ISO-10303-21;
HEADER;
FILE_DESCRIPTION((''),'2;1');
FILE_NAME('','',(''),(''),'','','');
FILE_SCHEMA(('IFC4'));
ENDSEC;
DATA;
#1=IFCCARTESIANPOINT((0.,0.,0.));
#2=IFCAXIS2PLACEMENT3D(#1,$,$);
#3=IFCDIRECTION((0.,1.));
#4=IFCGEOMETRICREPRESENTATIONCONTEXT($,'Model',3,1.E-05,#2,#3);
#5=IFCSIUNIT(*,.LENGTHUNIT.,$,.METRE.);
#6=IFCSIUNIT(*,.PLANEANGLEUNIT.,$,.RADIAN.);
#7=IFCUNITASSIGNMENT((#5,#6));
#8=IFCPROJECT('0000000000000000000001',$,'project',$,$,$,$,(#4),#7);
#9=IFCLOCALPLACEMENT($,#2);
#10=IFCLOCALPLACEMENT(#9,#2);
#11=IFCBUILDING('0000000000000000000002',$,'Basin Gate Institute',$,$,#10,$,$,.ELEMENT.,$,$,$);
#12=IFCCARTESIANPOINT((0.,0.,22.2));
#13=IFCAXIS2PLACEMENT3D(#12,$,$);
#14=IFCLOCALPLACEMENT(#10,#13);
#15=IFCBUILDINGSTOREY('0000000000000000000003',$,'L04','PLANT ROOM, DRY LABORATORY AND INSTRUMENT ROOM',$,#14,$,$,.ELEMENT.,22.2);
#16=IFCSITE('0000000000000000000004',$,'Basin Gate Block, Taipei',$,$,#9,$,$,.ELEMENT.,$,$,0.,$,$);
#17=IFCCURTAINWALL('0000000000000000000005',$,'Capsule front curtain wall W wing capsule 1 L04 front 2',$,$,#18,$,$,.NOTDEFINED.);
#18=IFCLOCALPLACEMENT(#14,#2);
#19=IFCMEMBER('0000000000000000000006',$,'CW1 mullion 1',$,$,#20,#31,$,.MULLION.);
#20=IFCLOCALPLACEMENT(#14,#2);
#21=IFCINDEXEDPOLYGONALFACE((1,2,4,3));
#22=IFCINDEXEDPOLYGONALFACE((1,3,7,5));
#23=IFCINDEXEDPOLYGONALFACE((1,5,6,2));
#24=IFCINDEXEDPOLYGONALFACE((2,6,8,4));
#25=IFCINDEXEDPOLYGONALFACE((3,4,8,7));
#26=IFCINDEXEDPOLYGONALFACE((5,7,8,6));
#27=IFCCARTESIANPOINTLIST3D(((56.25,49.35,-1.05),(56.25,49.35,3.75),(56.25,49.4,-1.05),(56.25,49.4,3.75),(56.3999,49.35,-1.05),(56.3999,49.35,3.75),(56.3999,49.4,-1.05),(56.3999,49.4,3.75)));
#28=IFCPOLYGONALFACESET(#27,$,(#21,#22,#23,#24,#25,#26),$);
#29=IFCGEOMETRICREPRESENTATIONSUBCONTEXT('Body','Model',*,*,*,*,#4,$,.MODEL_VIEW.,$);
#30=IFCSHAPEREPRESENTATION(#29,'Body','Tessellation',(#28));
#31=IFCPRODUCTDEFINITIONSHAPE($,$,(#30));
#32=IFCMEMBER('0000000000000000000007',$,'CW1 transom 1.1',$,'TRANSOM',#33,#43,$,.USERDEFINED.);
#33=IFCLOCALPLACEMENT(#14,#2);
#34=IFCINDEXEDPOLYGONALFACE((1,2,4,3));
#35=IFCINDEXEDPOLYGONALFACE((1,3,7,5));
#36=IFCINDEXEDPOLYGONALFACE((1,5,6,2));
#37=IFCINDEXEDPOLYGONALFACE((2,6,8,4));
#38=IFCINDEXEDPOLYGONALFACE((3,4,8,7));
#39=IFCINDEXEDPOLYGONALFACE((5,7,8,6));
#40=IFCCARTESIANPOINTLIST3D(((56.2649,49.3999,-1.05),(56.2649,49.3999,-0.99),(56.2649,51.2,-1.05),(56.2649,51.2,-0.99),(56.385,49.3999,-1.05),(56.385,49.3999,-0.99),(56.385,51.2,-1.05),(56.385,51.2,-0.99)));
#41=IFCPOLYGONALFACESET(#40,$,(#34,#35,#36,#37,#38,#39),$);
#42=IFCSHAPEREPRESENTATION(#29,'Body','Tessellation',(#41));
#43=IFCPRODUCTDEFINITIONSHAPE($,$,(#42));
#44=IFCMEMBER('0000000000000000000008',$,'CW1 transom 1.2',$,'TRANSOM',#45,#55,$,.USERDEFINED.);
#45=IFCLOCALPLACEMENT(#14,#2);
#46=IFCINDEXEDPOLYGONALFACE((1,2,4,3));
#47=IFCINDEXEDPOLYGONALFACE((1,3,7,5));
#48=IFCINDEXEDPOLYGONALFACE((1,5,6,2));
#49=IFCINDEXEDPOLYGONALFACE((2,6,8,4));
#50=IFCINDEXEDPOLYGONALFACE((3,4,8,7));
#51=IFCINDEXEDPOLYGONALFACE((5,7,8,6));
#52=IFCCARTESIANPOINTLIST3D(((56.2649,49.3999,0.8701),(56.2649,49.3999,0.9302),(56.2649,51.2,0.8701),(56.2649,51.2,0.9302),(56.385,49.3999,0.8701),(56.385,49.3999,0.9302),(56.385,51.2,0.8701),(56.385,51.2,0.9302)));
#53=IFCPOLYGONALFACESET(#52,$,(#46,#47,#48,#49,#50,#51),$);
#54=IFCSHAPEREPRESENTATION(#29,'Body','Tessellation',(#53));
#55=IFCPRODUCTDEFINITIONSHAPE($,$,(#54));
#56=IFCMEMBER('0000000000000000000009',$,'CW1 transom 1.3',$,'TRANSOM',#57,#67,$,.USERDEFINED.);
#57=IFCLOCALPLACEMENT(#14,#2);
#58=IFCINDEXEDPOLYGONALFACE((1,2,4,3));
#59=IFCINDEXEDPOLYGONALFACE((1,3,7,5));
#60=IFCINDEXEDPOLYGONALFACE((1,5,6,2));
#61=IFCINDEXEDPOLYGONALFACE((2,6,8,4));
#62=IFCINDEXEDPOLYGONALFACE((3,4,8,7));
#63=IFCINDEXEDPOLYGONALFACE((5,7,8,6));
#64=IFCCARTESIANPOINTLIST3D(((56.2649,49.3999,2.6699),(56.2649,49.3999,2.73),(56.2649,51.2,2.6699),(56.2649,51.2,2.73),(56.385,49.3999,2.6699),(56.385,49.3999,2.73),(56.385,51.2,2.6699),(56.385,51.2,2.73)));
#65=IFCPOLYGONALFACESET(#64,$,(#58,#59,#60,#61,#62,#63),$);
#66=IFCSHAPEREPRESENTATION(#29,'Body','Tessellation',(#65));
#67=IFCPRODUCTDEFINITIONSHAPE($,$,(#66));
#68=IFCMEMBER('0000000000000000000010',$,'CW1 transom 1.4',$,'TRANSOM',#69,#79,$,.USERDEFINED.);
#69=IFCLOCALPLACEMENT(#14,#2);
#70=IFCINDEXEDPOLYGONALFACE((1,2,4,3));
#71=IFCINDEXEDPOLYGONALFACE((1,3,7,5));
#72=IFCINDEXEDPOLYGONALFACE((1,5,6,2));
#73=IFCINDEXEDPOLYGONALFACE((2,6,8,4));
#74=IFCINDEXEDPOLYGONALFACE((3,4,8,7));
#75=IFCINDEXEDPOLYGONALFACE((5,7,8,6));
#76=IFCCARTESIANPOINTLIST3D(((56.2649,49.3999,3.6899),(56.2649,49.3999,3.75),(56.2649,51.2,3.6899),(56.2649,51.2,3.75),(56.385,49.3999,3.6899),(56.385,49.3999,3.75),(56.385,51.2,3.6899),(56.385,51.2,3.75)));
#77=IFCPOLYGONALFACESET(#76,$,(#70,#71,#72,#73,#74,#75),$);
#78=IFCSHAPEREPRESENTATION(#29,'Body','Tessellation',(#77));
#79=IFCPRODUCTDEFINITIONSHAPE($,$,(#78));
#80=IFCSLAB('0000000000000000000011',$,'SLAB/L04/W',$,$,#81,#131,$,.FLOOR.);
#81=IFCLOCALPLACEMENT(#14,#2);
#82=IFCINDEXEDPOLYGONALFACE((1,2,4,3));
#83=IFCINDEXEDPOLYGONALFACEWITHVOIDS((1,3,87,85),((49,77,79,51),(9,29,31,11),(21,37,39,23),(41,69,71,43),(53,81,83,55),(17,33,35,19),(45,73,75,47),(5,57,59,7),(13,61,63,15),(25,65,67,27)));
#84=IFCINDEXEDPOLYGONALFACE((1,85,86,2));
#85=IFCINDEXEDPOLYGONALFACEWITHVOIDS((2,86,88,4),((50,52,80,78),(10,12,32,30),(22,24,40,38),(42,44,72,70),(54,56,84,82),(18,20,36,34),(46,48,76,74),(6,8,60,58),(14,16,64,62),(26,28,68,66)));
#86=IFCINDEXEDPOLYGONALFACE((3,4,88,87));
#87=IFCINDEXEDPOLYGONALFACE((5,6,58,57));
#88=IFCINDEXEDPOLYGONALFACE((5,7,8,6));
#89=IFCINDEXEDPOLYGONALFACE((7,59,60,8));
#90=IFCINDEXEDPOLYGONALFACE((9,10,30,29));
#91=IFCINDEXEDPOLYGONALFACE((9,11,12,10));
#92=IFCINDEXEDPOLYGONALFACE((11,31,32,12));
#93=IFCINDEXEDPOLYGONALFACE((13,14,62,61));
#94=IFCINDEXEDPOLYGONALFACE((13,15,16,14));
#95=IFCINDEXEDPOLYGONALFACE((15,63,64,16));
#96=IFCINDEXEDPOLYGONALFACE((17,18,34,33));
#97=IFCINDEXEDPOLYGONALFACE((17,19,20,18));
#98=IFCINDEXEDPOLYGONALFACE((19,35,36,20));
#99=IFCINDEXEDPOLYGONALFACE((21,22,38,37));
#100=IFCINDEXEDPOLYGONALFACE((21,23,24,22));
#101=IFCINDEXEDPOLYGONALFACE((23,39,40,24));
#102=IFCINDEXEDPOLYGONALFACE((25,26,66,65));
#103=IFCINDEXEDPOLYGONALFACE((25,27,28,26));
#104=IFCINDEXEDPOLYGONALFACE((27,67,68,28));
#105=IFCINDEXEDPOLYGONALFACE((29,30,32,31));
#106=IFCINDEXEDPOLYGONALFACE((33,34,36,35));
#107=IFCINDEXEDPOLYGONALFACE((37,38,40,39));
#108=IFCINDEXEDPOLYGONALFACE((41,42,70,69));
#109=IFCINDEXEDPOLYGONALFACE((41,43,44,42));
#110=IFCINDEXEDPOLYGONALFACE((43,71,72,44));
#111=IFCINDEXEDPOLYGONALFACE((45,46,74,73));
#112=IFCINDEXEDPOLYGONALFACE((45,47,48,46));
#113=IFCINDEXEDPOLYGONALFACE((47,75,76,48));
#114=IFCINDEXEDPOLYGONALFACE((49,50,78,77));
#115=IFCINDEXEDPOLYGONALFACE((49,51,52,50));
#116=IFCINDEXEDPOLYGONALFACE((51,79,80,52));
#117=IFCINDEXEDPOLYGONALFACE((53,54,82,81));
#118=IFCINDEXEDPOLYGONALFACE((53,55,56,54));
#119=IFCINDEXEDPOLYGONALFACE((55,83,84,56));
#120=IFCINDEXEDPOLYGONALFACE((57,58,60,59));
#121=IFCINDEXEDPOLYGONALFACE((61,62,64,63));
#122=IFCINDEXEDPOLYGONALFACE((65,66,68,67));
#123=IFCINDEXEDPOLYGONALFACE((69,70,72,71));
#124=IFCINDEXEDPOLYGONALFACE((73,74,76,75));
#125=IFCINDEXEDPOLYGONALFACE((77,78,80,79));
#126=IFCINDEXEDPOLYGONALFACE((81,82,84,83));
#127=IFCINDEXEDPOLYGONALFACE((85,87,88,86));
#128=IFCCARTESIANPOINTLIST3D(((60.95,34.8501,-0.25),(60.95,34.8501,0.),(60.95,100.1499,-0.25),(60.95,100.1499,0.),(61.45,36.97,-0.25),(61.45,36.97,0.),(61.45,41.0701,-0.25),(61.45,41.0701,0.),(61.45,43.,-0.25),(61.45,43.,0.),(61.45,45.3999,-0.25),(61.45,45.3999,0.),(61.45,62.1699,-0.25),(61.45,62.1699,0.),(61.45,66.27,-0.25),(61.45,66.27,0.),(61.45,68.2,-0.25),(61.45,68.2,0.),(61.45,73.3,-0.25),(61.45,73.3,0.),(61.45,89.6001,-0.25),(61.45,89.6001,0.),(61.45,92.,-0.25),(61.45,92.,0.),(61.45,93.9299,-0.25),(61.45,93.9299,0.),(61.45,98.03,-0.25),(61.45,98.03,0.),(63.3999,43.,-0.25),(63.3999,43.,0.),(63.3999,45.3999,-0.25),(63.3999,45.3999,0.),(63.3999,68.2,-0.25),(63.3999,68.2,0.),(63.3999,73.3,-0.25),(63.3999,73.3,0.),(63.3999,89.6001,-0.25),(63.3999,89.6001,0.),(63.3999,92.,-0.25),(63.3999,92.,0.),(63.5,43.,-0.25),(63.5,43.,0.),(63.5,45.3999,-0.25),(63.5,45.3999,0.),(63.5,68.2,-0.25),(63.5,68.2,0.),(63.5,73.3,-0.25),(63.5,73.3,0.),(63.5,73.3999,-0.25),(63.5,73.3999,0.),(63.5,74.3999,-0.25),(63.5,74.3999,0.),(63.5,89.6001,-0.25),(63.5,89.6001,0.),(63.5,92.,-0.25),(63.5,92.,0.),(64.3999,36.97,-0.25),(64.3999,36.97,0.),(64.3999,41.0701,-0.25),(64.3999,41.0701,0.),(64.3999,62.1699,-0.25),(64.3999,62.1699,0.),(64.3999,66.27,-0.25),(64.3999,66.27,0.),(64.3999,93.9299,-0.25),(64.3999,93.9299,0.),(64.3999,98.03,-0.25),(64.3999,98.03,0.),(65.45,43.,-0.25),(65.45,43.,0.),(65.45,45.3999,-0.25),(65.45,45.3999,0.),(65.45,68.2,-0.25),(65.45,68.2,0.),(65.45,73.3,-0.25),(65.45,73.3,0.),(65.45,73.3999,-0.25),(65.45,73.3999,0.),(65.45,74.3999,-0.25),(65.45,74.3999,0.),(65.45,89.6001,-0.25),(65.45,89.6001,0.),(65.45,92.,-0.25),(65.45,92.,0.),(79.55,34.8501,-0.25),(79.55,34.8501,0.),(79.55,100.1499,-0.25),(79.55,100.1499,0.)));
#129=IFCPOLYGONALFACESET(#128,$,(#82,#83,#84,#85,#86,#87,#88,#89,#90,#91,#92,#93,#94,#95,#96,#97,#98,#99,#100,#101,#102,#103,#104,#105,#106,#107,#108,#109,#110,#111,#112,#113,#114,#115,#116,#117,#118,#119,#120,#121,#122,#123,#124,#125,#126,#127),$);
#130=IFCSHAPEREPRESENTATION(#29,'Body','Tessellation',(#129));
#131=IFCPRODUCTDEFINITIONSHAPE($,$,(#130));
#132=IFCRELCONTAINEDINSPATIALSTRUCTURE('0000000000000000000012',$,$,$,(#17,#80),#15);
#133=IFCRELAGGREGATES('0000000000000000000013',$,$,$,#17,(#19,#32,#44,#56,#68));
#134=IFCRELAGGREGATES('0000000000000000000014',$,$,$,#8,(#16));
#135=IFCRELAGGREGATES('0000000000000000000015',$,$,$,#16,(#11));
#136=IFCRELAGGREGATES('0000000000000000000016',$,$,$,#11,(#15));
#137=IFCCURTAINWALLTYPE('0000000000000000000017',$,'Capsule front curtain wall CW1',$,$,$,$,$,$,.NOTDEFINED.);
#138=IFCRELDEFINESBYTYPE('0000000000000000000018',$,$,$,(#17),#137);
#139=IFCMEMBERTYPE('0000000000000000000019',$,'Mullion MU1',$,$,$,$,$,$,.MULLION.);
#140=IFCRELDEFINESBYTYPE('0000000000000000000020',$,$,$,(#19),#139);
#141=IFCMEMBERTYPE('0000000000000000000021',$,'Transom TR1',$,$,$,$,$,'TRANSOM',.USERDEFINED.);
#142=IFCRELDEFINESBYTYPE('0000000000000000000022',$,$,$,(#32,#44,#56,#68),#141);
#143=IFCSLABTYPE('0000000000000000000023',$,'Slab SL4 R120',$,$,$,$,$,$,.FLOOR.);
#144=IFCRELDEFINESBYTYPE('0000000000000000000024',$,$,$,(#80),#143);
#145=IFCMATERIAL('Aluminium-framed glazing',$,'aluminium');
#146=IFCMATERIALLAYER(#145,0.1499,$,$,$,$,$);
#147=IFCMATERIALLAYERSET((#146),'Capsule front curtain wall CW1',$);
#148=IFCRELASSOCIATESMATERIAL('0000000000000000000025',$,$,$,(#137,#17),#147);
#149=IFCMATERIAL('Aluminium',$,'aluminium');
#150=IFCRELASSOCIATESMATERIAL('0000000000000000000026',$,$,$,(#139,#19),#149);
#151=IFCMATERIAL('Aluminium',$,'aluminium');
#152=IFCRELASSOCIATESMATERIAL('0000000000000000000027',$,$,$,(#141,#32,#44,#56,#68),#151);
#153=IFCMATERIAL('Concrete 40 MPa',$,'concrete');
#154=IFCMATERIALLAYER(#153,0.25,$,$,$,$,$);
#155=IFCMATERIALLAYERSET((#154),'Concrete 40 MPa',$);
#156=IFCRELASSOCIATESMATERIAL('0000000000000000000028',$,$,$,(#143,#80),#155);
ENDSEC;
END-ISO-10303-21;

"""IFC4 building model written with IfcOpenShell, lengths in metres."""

from ifc_helpers import new_model, si_unit, direction, frame, origin, origin_2d, place, context, subcontext, project, spatial, polyline, rectangle, outline, extrude, material, layer, layer_set, material_profile, profile_set, type_object, element, aggregate, save


model = new_model("IFC4")

# Units and contexts
model_context = context("Model", 3, precision=1e-05, world=origin(), true_north=direction((0.0, 1.0)))
body_context = subcontext(model_context, "Body", "Model", "MODEL_VIEW")
ifc_project = project(units=[si_unit("LENGTHUNIT", "METRE"), si_unit("PLANEANGLEUNIT", "RADIAN")], contexts=[model_context])

# Site, building, storey
site_placement = place(None, origin())
site = spatial("IfcSite", under=ifc_project, at=site_placement, Name="Basin Gate Block, Taipei", CompositionType="ELEMENT", RefElevation=0.0)
building_placement = place(site_placement, origin())
building = spatial("IfcBuilding", under=site, at=building_placement, Name="Basin Gate Institute", CompositionType="ELEMENT")
storey_placement = place(building_placement, frame((0.0, 0.0, 22.2)))
storey = spatial("IfcBuildingStorey", under=building, at=storey_placement, Name="L04", Description="PLANT ROOM, DRY LABORATORY AND INSTRUMENT ROOM", CompositionType="ELEMENT", Elevation=22.2)

# Curtain wall, members
ifc_material_1 = material(Name="Aluminium-framed glazing", Category="aluminium")
ifc_layer_1 = layer(ifc_material_1, 0.1499)
ifc_layer_set_1 = layer_set([ifc_layer_1], Name="Capsule front curtain wall CW1")
curtain_wall_type = type_object("IfcCurtainWallType", Name="Capsule front curtain wall CW1", PredefinedType="NOTDEFINED", material=ifc_layer_set_1)
curtain_wall_placement = place(storey_placement, origin())
curtain_wall = element("IfcCurtainWall", 1, at=curtain_wall_placement, inside=storey, type_object=curtain_wall_type, material=ifc_layer_set_1, Name="Capsule front curtain wall W wing capsule 1 L04 front 2", PredefinedType="NOTDEFINED")
ifc_material_2 = material(Name="Aluminium", Category="aluminium")
ifc_material_profile_1 = material_profile(ifc_material_2, rectangle(XDim=0.1499, YDim=0.05, at=origin_2d()), Name="Mullion MU1 150 x 50")
ifc_profile_set_1 = profile_set([ifc_material_profile_1], Name="Aluminium")
member_type_1 = type_object("IfcMemberType", Name="Mullion MU1", PredefinedType="MULLION", material=ifc_profile_set_1)
member_1_placement = place(storey_placement, frame((56.325, 49.375, -1.05), z_axis=(0.0, 0.0, 1.0), x_axis=(-1.0, 0.0, 0.0)))
member_1 = element("IfcMember", 2, at=member_1_placement, type_object=member_type_1, material=ifc_profile_set_1, Name="CW1 mullion 1", PredefinedType="MULLION", context=body_context, shape_type="SweptSolid", body=[
    extrude(rectangle(XDim=0.1499, YDim=0.05, at=origin_2d()), origin(), (0.0, 0.0, 1.0), 4.8),
])
ifc_material_3 = material(Name="Aluminium", Category="aluminium")
ifc_material_profile_2 = material_profile(ifc_material_3, rectangle(XDim=0.1201, YDim=0.0601, at=origin_2d()), Name="Transom TR1 120 x 60")
ifc_profile_set_2 = profile_set([ifc_material_profile_2], Name="Aluminium")
member_type_2 = type_object("IfcMemberType", Name="Transom TR1", ElementType="TRANSOM", PredefinedType="USERDEFINED", material=ifc_profile_set_2)
member_2_placement = place(storey_placement, frame((56.325, 49.3999, -1.02), z_axis=(0.0, 1.0, 0.0), x_axis=(-1.0, 0.0, 0.0)))
member_2 = element("IfcMember", 3, at=member_2_placement, type_object=member_type_2, material=ifc_profile_set_2, Name="CW1 transom 1.1", ObjectType="TRANSOM", PredefinedType="USERDEFINED", context=body_context, shape_type="SweptSolid", body=[
    extrude(rectangle(XDim=0.1201, YDim=0.0601, at=origin_2d()), origin(), (0.0, 0.0, 1.0), 1.8),
])
member_3_placement = place(storey_placement, frame((56.325, 49.3999, 0.9001), z_axis=(0.0, 1.0, 0.0), x_axis=(-1.0, 0.0, 0.0)))
member_3 = element("IfcMember", 4, at=member_3_placement, type_object=member_type_2, material=ifc_profile_set_2, Name="CW1 transom 1.2", ObjectType="TRANSOM", PredefinedType="USERDEFINED", context=body_context, shape_type="SweptSolid", body=[
    extrude(rectangle(XDim=0.1201, YDim=0.0601, at=origin_2d()), origin(), (0.0, 0.0, 1.0), 1.8),
])
member_4_placement = place(storey_placement, frame((56.325, 49.3999, 2.7), z_axis=(0.0, 1.0, 0.0), x_axis=(-1.0, 0.0, 0.0)))
member_4 = element("IfcMember", 5, at=member_4_placement, type_object=member_type_2, material=ifc_profile_set_2, Name="CW1 transom 1.3", ObjectType="TRANSOM", PredefinedType="USERDEFINED", context=body_context, shape_type="SweptSolid", body=[
    extrude(rectangle(XDim=0.1201, YDim=0.0601, at=origin_2d()), origin(), (0.0, 0.0, 1.0), 1.8),
])
member_5_placement = place(storey_placement, frame((56.325, 49.3999, 3.72), z_axis=(0.0, 1.0, 0.0), x_axis=(-1.0, 0.0, 0.0)))
member_5 = element("IfcMember", 6, at=member_5_placement, type_object=member_type_2, material=ifc_profile_set_2, Name="CW1 transom 1.4", ObjectType="TRANSOM", PredefinedType="USERDEFINED", context=body_context, shape_type="SweptSolid", body=[
    extrude(rectangle(XDim=0.1201, YDim=0.0601, at=origin_2d()), origin(), (0.0, 0.0, 1.0), 1.8),
])

# Slab
ifc_material_4 = material(Name="Concrete 40 MPa", Category="concrete")
ifc_layer_2 = layer(ifc_material_4, 0.25)
ifc_layer_set_2 = layer_set([ifc_layer_2], Name="Concrete 40 MPa")
slab_type_1 = type_object("IfcSlabType", Name="Slab SL4 R120", PredefinedType="FLOOR", material=ifc_layer_set_2)
slab_1_placement = place(storey_placement, frame((0.0, 0.0, -0.25)))
element("IfcSlab", 7, at=slab_1_placement, inside=storey, type_object=slab_type_1, material=ifc_layer_set_2, Name="SLAB/L04/W", PredefinedType="FLOOR", context=body_context, shape_type="SweptSolid", body=[
    extrude(outline(polyline([(60.95, 34.8501), (79.55, 34.8501), (79.55, 100.1499), (60.95, 100.1499), (60.95, 34.8501)]), holes=[polyline([(61.45, 36.97), (64.3999, 36.97), (64.3999, 41.0701), (61.45, 41.0701), (61.45, 36.97)]), polyline([(61.45, 62.1699), (64.3999, 62.1699), (64.3999, 66.27), (61.45, 66.27), (61.45, 62.1699)]), polyline([(61.45, 93.9299), (64.3999, 93.9299), (64.3999, 98.03), (61.45, 98.03), (61.45, 93.9299)]), polyline([(61.45, 43.0), (63.3999, 43.0), (63.3999, 45.3999), (61.45, 45.3999), (61.45, 43.0)]), polyline([(61.45, 68.2), (63.3999, 68.2), (63.3999, 73.3), (61.45, 73.3), (61.45, 68.2)]), polyline([(63.5, 73.3999), (65.45, 73.3999), (65.45, 74.3999), (63.5, 74.3999), (63.5, 73.3999)]), polyline([(61.45, 89.6001), (63.3999, 89.6001), (63.3999, 92.0), (61.45, 92.0), (61.45, 89.6001)]), polyline([(63.5, 43.0), (65.45, 43.0), (65.45, 45.3999), (63.5, 45.3999), (63.5, 43.0)]), polyline([(65.45, 68.2), (63.5, 68.2), (63.5, 73.3), (65.45, 73.3), (65.45, 68.2)]), polyline([(63.5, 89.6001), (65.45, 89.6001), (65.45, 92.0), (63.5, 92.0), (63.5, 89.6001)])]), origin(), (0.0, 0.0, 1.0), 0.25),
])

aggregate(curtain_wall, [member_1, member_2, member_3, member_4, member_5])

save(model, "model.ifc")
